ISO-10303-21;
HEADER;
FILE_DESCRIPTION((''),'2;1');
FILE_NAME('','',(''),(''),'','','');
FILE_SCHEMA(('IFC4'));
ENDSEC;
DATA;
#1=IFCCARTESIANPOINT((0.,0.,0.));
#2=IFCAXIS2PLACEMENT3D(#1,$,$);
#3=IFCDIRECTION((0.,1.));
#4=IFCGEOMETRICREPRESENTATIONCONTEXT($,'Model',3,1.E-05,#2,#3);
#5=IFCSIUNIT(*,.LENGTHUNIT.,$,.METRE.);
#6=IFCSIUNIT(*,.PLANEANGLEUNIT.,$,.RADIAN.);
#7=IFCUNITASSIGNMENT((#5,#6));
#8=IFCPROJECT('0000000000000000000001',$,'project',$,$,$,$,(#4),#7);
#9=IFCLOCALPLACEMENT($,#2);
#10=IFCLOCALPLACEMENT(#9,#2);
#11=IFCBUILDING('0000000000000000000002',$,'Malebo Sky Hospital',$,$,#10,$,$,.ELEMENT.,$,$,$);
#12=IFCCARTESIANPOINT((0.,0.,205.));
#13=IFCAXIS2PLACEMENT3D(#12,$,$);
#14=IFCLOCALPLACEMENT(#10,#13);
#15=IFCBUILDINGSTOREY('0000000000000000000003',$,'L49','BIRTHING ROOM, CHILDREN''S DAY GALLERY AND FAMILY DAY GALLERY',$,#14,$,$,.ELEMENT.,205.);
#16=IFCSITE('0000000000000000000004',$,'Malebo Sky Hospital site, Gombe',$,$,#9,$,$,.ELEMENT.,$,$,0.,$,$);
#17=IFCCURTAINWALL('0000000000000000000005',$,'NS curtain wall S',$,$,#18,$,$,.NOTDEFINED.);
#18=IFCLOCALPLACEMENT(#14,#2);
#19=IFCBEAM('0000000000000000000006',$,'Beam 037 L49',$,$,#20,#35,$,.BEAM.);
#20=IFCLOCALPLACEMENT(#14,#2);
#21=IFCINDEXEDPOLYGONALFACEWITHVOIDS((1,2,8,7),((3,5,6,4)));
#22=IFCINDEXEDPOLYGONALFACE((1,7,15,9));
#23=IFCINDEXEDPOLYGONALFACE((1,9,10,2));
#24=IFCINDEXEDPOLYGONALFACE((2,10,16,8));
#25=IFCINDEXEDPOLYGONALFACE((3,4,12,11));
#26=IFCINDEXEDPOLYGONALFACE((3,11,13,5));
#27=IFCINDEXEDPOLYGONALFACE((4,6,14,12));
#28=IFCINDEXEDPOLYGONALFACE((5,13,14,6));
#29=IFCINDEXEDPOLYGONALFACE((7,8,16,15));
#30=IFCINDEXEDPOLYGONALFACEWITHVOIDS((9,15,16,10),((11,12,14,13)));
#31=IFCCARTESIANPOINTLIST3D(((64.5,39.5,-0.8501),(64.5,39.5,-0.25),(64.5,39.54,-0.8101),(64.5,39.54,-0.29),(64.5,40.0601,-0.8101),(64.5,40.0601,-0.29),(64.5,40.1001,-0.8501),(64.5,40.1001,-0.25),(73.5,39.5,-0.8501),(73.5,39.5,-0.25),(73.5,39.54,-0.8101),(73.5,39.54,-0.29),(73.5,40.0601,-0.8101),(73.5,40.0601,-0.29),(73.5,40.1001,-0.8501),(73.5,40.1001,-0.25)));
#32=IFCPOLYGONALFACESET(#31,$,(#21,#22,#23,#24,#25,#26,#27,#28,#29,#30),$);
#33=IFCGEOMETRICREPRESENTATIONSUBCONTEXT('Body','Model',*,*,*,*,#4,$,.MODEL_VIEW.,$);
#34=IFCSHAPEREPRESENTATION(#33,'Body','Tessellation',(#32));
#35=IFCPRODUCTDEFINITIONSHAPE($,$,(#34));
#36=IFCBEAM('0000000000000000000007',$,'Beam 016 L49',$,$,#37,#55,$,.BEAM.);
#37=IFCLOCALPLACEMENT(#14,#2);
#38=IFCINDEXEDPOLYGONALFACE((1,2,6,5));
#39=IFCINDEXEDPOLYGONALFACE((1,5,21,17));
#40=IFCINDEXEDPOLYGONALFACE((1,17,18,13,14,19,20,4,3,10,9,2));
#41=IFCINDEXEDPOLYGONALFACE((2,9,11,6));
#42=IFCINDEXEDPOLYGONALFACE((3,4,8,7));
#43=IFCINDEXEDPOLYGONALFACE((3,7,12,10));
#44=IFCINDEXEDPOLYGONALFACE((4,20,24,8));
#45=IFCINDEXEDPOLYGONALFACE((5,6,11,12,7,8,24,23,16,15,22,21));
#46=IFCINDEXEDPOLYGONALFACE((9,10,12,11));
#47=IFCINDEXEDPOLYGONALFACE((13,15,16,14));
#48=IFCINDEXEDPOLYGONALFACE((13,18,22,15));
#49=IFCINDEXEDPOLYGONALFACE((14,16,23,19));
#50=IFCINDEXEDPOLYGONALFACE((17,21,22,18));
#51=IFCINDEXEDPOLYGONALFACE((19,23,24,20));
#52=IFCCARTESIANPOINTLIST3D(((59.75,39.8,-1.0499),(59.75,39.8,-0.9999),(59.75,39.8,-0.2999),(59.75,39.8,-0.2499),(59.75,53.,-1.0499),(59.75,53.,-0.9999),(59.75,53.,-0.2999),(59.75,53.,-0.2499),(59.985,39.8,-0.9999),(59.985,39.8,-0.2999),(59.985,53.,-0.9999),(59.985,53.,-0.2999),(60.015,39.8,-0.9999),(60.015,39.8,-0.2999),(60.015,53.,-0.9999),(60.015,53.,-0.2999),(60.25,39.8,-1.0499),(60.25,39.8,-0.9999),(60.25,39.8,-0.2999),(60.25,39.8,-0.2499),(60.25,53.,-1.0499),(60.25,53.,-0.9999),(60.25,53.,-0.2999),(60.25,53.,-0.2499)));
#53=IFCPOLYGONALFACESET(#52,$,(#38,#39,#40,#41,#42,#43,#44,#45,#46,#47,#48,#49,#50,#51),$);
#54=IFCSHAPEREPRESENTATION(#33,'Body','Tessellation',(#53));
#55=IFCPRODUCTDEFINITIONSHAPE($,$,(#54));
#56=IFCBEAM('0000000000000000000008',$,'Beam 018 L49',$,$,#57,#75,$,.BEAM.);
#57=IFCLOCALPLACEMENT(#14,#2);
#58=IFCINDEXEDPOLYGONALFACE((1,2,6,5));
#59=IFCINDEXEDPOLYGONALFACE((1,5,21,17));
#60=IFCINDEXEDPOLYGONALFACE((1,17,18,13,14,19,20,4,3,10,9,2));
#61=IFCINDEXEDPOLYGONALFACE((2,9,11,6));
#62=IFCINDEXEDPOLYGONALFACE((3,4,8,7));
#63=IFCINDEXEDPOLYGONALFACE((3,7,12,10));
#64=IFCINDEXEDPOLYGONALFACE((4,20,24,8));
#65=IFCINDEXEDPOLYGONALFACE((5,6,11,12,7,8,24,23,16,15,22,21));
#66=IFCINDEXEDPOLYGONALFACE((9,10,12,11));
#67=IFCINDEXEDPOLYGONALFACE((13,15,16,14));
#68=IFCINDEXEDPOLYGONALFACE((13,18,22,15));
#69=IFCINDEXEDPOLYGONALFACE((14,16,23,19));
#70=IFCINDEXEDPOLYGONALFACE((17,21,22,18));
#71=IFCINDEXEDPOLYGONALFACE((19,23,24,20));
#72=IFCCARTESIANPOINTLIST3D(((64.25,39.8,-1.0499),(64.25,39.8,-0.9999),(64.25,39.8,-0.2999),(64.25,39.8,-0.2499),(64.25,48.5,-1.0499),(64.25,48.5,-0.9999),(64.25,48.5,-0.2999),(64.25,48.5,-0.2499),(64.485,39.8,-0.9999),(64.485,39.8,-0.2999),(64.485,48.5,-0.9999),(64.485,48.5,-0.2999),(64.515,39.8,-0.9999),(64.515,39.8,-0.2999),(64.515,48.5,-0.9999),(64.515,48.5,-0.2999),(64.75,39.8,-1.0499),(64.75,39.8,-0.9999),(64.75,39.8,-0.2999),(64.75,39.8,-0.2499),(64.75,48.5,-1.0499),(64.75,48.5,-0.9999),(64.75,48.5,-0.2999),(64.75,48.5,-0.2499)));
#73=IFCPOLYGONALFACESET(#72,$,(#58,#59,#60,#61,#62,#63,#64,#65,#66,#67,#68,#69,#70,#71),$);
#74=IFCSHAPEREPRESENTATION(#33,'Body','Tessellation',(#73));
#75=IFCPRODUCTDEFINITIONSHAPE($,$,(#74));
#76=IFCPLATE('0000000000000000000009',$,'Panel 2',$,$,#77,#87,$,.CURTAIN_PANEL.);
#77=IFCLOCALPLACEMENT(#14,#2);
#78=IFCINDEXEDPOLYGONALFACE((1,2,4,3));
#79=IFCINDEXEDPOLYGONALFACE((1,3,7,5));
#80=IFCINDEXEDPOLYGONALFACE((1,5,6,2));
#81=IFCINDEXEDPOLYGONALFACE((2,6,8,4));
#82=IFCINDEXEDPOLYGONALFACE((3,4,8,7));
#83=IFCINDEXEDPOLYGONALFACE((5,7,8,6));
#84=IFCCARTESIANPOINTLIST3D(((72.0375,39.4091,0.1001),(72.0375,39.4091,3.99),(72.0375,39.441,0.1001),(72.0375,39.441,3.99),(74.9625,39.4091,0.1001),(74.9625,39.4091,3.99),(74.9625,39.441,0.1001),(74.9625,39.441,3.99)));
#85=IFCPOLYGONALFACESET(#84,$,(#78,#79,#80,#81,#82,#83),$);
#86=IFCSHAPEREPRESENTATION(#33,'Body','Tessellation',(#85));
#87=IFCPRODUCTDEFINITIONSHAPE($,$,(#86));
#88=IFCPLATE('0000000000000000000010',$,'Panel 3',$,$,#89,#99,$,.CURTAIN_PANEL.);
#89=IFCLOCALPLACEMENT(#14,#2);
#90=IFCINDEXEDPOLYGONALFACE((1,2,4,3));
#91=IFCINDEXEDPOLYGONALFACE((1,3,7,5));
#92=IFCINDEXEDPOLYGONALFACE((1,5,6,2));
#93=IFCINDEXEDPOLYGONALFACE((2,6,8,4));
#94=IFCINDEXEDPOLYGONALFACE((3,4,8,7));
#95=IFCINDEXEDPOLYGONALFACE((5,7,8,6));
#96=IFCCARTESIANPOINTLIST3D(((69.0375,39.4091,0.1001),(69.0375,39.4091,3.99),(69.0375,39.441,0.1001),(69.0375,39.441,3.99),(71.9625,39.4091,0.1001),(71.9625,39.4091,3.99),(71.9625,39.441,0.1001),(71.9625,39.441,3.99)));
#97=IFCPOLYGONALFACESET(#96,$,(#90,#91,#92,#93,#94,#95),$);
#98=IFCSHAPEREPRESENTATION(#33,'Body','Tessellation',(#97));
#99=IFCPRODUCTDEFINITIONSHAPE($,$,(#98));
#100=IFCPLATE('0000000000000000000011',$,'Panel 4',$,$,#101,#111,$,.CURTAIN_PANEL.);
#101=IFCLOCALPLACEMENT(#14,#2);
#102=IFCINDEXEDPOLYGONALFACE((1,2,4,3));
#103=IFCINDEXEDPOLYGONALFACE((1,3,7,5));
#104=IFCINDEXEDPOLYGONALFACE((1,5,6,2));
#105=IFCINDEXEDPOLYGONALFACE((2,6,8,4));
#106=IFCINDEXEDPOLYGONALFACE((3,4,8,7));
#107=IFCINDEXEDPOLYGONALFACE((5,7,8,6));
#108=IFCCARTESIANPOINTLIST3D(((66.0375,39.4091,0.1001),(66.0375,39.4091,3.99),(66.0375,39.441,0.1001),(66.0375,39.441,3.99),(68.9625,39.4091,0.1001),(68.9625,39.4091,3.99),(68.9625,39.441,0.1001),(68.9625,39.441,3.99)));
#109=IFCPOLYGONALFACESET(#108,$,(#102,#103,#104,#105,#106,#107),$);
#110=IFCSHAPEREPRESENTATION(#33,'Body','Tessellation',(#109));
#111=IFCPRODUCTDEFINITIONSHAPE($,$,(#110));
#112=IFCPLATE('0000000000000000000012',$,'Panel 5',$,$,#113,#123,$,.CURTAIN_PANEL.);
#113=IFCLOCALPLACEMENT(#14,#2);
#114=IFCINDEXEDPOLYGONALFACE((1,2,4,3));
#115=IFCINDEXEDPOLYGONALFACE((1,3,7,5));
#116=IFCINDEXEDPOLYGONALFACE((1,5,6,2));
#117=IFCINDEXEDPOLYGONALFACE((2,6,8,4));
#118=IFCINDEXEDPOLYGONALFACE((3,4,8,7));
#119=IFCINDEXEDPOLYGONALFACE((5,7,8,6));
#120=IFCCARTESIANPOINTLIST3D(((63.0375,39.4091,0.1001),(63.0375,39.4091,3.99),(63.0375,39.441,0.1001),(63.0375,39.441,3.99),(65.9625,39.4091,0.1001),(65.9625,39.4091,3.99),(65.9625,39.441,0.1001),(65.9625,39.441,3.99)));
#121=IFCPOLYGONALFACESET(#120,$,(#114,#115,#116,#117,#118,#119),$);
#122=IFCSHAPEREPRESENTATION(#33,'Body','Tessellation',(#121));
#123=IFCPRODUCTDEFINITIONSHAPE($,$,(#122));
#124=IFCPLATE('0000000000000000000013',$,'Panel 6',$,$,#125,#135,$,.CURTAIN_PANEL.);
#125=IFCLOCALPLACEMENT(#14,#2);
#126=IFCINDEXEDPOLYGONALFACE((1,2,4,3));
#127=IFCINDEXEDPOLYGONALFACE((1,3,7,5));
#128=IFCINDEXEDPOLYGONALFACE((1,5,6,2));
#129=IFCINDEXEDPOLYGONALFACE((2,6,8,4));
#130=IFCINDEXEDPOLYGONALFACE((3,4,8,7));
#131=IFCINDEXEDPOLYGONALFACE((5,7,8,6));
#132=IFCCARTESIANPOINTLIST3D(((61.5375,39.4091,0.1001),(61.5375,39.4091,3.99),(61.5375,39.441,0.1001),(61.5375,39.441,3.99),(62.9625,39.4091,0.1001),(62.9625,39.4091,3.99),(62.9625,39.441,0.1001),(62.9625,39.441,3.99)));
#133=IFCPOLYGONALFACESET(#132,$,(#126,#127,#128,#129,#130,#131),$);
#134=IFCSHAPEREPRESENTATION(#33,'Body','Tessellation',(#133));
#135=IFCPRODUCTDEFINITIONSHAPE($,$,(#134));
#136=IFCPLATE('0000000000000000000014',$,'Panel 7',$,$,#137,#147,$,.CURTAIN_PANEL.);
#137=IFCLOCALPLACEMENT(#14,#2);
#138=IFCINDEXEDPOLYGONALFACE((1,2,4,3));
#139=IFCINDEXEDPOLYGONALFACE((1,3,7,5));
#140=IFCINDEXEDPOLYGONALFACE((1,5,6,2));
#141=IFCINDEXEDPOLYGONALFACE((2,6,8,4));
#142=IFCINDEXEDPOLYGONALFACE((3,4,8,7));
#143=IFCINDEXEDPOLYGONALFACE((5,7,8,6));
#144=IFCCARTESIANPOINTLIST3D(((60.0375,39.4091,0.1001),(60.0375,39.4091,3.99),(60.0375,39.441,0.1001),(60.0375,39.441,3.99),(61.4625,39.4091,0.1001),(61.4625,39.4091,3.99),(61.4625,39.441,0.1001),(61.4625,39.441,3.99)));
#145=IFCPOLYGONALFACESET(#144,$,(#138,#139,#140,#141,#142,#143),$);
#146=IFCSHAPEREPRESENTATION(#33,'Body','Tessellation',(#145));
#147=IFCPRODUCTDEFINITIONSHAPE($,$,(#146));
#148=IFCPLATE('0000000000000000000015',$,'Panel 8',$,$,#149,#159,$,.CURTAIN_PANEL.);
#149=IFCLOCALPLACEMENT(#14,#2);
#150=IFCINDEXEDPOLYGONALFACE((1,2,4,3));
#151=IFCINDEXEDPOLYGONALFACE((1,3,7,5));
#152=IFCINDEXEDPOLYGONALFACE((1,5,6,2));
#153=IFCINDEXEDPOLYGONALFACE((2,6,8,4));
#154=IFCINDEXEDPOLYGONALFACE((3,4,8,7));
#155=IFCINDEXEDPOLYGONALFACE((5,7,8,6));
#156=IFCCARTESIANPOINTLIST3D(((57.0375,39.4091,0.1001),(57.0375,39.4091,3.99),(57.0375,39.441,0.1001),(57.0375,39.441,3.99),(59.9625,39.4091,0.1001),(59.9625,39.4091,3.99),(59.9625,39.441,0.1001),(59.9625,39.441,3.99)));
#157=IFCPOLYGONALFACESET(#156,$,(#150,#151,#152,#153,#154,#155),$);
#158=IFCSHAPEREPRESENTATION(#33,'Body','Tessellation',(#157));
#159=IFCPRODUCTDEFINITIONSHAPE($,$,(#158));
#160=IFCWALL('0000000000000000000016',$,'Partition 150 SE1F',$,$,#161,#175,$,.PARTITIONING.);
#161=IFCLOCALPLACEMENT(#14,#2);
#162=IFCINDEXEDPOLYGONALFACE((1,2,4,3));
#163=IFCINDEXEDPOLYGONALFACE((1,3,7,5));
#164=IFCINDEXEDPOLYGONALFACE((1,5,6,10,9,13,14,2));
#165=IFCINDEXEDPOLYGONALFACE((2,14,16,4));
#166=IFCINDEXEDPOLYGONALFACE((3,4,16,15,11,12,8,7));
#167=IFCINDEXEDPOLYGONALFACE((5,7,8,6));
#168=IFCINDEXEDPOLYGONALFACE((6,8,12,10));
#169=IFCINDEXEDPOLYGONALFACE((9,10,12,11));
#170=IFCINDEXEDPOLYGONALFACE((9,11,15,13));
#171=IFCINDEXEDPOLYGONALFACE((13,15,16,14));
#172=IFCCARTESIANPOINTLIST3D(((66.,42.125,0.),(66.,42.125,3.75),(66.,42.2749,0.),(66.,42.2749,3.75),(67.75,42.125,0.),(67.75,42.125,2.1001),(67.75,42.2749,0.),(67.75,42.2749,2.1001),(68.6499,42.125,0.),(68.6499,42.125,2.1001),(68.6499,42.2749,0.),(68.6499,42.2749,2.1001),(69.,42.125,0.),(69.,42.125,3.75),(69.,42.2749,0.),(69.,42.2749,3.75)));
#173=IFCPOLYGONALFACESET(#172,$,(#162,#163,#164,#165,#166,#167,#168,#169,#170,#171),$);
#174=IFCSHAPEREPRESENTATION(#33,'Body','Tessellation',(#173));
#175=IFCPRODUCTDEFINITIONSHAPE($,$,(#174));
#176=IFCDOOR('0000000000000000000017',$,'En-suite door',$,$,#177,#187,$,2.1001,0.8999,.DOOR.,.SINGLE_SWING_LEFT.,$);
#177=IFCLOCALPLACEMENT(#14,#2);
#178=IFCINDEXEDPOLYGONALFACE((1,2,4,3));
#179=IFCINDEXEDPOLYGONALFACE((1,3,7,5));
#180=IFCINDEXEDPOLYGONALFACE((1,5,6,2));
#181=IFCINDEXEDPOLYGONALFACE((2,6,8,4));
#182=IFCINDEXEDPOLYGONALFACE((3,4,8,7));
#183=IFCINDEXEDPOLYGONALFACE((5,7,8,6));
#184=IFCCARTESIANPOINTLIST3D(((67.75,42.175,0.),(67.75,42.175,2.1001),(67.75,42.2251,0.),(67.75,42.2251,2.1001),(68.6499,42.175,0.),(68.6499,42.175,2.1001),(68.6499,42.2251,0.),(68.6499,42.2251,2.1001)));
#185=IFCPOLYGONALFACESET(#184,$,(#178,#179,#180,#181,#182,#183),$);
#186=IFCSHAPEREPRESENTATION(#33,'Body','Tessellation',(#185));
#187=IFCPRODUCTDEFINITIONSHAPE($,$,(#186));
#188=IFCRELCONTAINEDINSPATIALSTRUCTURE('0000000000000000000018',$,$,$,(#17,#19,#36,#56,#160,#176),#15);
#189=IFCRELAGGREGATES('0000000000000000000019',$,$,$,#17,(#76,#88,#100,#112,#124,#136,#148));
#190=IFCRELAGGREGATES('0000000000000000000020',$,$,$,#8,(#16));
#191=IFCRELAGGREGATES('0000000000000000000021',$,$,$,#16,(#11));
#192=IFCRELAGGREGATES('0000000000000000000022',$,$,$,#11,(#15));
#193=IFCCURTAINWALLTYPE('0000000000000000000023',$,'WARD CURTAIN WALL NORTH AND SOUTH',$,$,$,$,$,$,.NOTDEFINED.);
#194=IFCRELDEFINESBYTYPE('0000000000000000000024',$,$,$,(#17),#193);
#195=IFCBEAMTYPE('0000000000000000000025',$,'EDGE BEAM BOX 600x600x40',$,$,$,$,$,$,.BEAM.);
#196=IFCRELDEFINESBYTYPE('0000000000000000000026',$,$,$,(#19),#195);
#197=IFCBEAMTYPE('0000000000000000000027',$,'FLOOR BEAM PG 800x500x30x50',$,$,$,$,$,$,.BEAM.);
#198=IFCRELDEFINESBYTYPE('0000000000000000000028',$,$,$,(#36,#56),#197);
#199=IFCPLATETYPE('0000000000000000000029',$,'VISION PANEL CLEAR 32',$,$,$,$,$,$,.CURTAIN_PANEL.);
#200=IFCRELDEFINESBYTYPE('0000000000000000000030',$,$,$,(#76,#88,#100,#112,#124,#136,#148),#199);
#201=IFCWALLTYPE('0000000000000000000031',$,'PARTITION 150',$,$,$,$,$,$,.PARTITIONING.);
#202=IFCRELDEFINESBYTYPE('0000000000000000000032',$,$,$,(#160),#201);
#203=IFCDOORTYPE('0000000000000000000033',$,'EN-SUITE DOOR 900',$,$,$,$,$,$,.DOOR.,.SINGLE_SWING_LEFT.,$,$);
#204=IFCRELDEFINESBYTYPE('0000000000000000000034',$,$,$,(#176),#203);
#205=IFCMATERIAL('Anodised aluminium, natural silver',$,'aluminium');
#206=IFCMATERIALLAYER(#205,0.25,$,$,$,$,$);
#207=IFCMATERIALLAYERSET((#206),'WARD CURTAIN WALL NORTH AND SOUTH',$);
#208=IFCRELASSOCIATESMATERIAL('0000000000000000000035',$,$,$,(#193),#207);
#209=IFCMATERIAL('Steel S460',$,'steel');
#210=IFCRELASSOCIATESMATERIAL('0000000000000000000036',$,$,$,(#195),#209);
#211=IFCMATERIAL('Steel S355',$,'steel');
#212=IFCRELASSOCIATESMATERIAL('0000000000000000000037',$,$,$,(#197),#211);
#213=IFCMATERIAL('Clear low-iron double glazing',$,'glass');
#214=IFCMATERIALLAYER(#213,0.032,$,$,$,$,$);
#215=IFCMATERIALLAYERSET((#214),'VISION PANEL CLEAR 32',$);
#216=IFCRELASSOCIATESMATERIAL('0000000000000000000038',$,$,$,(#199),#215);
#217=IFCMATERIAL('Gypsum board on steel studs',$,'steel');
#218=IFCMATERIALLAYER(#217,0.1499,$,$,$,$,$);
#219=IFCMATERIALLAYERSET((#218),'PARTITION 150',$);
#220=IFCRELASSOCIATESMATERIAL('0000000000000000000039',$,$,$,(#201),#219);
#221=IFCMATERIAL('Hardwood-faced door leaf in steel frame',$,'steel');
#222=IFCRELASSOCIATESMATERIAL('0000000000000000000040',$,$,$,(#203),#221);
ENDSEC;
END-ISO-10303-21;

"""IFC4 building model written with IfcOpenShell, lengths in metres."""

from ifc_helpers import new_model, si_unit, direction, frame, frame_2d, origin, origin_2d, place, context, subcontext, project, spatial, rectangle, hollow_rectangle, i_section, extrude, material, layer, layer_set, material_profile, profile_set, type_object, element, fill, aggregate, save


model = new_model("IFC4")

# Units and contexts
model_context = context("Model", 3, precision=1e-05, world=origin(), true_north=direction((0.0, 1.0)))
body_context = subcontext(model_context, "Body", "Model", "MODEL_VIEW")
ifc_project = project(units=[si_unit("LENGTHUNIT", "METRE"), si_unit("PLANEANGLEUNIT", "RADIAN")], contexts=[model_context])

# Site, building, storey
site_placement = place(None, origin())
site = spatial("IfcSite", under=ifc_project, at=site_placement, Name="Malebo Sky Hospital site, Gombe", CompositionType="ELEMENT", RefElevation=0.0)
building_placement = place(site_placement, origin())
building = spatial("IfcBuilding", under=site, at=building_placement, Name="Malebo Sky Hospital", CompositionType="ELEMENT")
storey_placement = place(building_placement, frame((0.0, 0.0, 205.0)))
storey = spatial("IfcBuildingStorey", under=building, at=storey_placement, Name="L49", Description="BIRTHING ROOM, CHILDREN'S DAY GALLERY AND FAMILY DAY GALLERY", CompositionType="ELEMENT", Elevation=205.0)

# Shared definitions
ifc_material_1 = material(Name="Steel S460", Category="steel")

# Curtain wall
ifc_material_2 = material(Name="Anodised aluminium, natural silver", Category="aluminium")
ifc_layer_1 = layer(ifc_material_2, 0.25)
ifc_layer_set_1 = layer_set([ifc_layer_1], Name="WARD CURTAIN WALL NORTH AND SOUTH")
curtain_wall_type = type_object("IfcCurtainWallType", Name="WARD CURTAIN WALL NORTH AND SOUTH", PredefinedType="NOTDEFINED", material=ifc_layer_set_1)
curtain_wall_placement = place(storey_placement, origin())
curtain_wall = element("IfcCurtainWall", 1, at=curtain_wall_placement, inside=storey, type_object=curtain_wall_type, Name="NS curtain wall S", PredefinedType="NOTDEFINED")

# Beams
ifc_material_profile_1 = material_profile(ifc_material_1, hollow_rectangle(XDim=0.6001, YDim=0.6001, WallThickness=0.04, at=origin_2d()), Name="BOX 600x600x40")
ifc_profile_set_1 = profile_set([ifc_material_profile_1], Name="Steel S460")
beam_type_1 = type_object("IfcBeamType", Name="EDGE BEAM BOX 600x600x40", PredefinedType="BEAM", material=ifc_profile_set_1)
beam_1_placement = place(storey_placement, frame((64.5, 39.8, -0.55), z_axis=(1.0, 0.0, 0.0), x_axis=(0.0, 1.0, 0.0)))
element("IfcBeam", 2, at=beam_1_placement, inside=storey, type_object=beam_type_1, Name="Beam 037 L49", PredefinedType="BEAM", context=body_context, shape_type="SweptSolid", body=[
    extrude(hollow_rectangle(XDim=0.6001, YDim=0.6001, WallThickness=0.04, at=origin_2d()), origin(), (0.0, 0.0, 1.0), 9.0),
])
ifc_material_3 = material(Name="Steel S355", Category="steel")
ifc_material_profile_2 = material_profile(ifc_material_3, i_section(OverallWidth=0.5, OverallDepth=0.8, WebThickness=0.03, FlangeThickness=0.05, at=origin_2d()), Name="PG 800x500x30x50")
ifc_profile_set_2 = profile_set([ifc_material_profile_2], Name="Steel S355")
beam_type_2 = type_object("IfcBeamType", Name="FLOOR BEAM PG 800x500x30x50", PredefinedType="BEAM", material=ifc_profile_set_2)
beam_2_placement = place(storey_placement, frame((60.0, 39.8, -0.6499), z_axis=(0.0, 1.0, 0.0), x_axis=(-1.0, 0.0, 0.0)))
element("IfcBeam", 3, at=beam_2_placement, inside=storey, type_object=beam_type_2, Name="Beam 016 L49", PredefinedType="BEAM", context=body_context, shape_type="SweptSolid", body=[
    extrude(i_section(OverallWidth=0.5, OverallDepth=0.8, WebThickness=0.03, FlangeThickness=0.05, at=origin_2d()), origin(), (0.0, 0.0, 1.0), 13.2),
])
beam_3_placement = place(storey_placement, frame((64.5, 39.8, -0.6499), z_axis=(0.0, 1.0, 0.0), x_axis=(-1.0, 0.0, 0.0)))
element("IfcBeam", 4, at=beam_3_placement, inside=storey, type_object=beam_type_2, Name="Beam 018 L49", PredefinedType="BEAM", context=body_context, shape_type="SweptSolid", body=[
    extrude(i_section(OverallWidth=0.5, OverallDepth=0.8, WebThickness=0.03, FlangeThickness=0.05, at=origin_2d()), origin(), (0.0, 0.0, 1.0), 8.7),
])

# Plates
ifc_material_4 = material(Name="Clear low-iron double glazing", Category="glass")
ifc_layer_2 = layer(ifc_material_4, 0.032)
ifc_layer_set_2 = layer_set([ifc_layer_2], Name="VISION PANEL CLEAR 32")
plate_type = type_object("IfcPlateType", Name="VISION PANEL CLEAR 32", PredefinedType="CURTAIN_PANEL", material=ifc_layer_set_2)
plate_1_placement = place(storey_placement, frame((73.5, 39.425, 0.1001), z_axis=(0.0, 0.0, 1.0), x_axis=(-1.0, 0.0, 0.0)))
plate_1 = element("IfcPlate", 5, at=plate_1_placement, type_object=plate_type, Name="Panel 2", PredefinedType="CURTAIN_PANEL", context=body_context, shape_type="SweptSolid", body=[
    extrude(rectangle(XDim=2.925, YDim=0.032, at=origin_2d()), origin(), (0.0, 0.0, 1.0), 3.8899),
])
plate_2_placement = place(storey_placement, frame((70.5, 39.425, 0.1001), z_axis=(0.0, 0.0, 1.0), x_axis=(-1.0, 0.0, 0.0)))
plate_2 = element("IfcPlate", 6, at=plate_2_placement, type_object=plate_type, Name="Panel 3", PredefinedType="CURTAIN_PANEL", context=body_context, shape_type="SweptSolid", body=[
    extrude(rectangle(XDim=2.925, YDim=0.032, at=origin_2d()), origin(), (0.0, 0.0, 1.0), 3.8899),
])
plate_3_placement = place(storey_placement, frame((67.5, 39.425, 0.1001), z_axis=(0.0, 0.0, 1.0), x_axis=(-1.0, 0.0, 0.0)))
plate_3 = element("IfcPlate", 7, at=plate_3_placement, type_object=plate_type, Name="Panel 4", PredefinedType="CURTAIN_PANEL", context=body_context, shape_type="SweptSolid", body=[
    extrude(rectangle(XDim=2.925, YDim=0.032, at=origin_2d()), origin(), (0.0, 0.0, 1.0), 3.8899),
])
plate_4_placement = place(storey_placement, frame((64.5, 39.425, 0.1001), z_axis=(0.0, 0.0, 1.0), x_axis=(-1.0, 0.0, 0.0)))
plate_4 = element("IfcPlate", 8, at=plate_4_placement, type_object=plate_type, Name="Panel 5", PredefinedType="CURTAIN_PANEL", context=body_context, shape_type="SweptSolid", body=[
    extrude(rectangle(XDim=2.925, YDim=0.032, at=origin_2d()), origin(), (0.0, 0.0, 1.0), 3.8899),
])
plate_5_placement = place(storey_placement, frame((62.25, 39.425, 0.1001), z_axis=(0.0, 0.0, 1.0), x_axis=(-1.0, 0.0, 0.0)))
plate_5 = element("IfcPlate", 9, at=plate_5_placement, type_object=plate_type, Name="Panel 6", PredefinedType="CURTAIN_PANEL", context=body_context, shape_type="SweptSolid", body=[
    extrude(rectangle(XDim=1.425, YDim=0.032, at=origin_2d()), origin(), (0.0, 0.0, 1.0), 3.8899),
])
plate_6_placement = place(storey_placement, frame((60.75, 39.425, 0.1001), z_axis=(0.0, 0.0, 1.0), x_axis=(-1.0, 0.0, 0.0)))
plate_6 = element("IfcPlate", 10, at=plate_6_placement, type_object=plate_type, Name="Panel 7", PredefinedType="CURTAIN_PANEL", context=body_context, shape_type="SweptSolid", body=[
    extrude(rectangle(XDim=1.425, YDim=0.032, at=origin_2d()), origin(), (0.0, 0.0, 1.0), 3.8899),
])
plate_7_placement = place(storey_placement, frame((58.5, 39.425, 0.1001), z_axis=(0.0, 0.0, 1.0), x_axis=(-1.0, 0.0, 0.0)))
plate_7 = element("IfcPlate", 11, at=plate_7_placement, type_object=plate_type, Name="Panel 8", PredefinedType="CURTAIN_PANEL", context=body_context, shape_type="SweptSolid", body=[
    extrude(rectangle(XDim=2.925, YDim=0.032, at=origin_2d()), origin(), (0.0, 0.0, 1.0), 3.8899),
])
aggregate(curtain_wall, [plate_1, plate_2, plate_3, plate_4, plate_5, plate_6, plate_7])

# Wall, opening, door
ifc_material_5 = material(Name="Gypsum board on steel studs", Category="steel")
ifc_layer_3 = layer(ifc_material_5, 0.1499)
ifc_layer_set_3 = layer_set([ifc_layer_3], Name="PARTITION 150")
wall_type = type_object("IfcWallType", Name="PARTITION 150", PredefinedType="PARTITIONING", material=ifc_layer_set_3)
wall_1_placement = place(storey_placement, frame((69.0, 42.2, 0.0), z_axis=(0.0, 0.0, 1.0), x_axis=(-1.0, 0.0, 0.0)))
wall_1 = element("IfcWall", 12, at=wall_1_placement, inside=storey, type_object=wall_type, Name="Partition 150 SE1F", PredefinedType="PARTITIONING", context=body_context, shape_type="SweptSolid", body=[
    extrude(rectangle(XDim=3.0, YDim=0.1499, at=frame_2d((1.5, 0.0))), origin(), (0.0, 0.0, 1.0), 3.75),
])
opening_1_placement = place(wall_1_placement, frame((0.3501, 0.0, 0.0)))
opening_1 = element("IfcOpeningElement", 13, at=opening_1_placement, cuts=wall_1, PredefinedType="OPENING", context=body_context, shape_type="SweptSolid", body=[
    extrude(rectangle(XDim=0.8999, YDim=2.1001, at=frame_2d((0.45, 1.05))), frame((0.0, 0.085, 0.0), z_axis=(0.0, -1.0, 0.0), x_axis=(1.0, 0.0, 0.0)), (0.0, 0.0, 1.0), 0.1699),
])
ifc_material_6 = material(Name="Hardwood-faced door leaf in steel frame", Category="steel")
door_type = type_object("IfcDoorType", Name="EN-SUITE DOOR 900", OperationType="SINGLE_SWING_LEFT", PredefinedType="DOOR", material=ifc_material_6)
door_1_placement = place(opening_1_placement, origin())
door_1 = element("IfcDoor", 14, at=door_1_placement, inside=storey, type_object=door_type, Name="En-suite door", OperationType="SINGLE_SWING_LEFT", OverallHeight=2.1001, OverallWidth=0.8999, PredefinedType="DOOR", context=body_context, shape_type="SweptSolid", body=[
    extrude(rectangle(XDim=0.8999, YDim=2.1001, at=frame_2d((0.45, 1.05))), frame((0.0, 0.0249, 0.0), z_axis=(0.0, -1.0, 0.0), x_axis=(1.0, 0.0, 0.0)), (0.0, 0.0, 1.0), 0.05),
])
fill(opening_1, door_1)

save(model, "model.ifc")
